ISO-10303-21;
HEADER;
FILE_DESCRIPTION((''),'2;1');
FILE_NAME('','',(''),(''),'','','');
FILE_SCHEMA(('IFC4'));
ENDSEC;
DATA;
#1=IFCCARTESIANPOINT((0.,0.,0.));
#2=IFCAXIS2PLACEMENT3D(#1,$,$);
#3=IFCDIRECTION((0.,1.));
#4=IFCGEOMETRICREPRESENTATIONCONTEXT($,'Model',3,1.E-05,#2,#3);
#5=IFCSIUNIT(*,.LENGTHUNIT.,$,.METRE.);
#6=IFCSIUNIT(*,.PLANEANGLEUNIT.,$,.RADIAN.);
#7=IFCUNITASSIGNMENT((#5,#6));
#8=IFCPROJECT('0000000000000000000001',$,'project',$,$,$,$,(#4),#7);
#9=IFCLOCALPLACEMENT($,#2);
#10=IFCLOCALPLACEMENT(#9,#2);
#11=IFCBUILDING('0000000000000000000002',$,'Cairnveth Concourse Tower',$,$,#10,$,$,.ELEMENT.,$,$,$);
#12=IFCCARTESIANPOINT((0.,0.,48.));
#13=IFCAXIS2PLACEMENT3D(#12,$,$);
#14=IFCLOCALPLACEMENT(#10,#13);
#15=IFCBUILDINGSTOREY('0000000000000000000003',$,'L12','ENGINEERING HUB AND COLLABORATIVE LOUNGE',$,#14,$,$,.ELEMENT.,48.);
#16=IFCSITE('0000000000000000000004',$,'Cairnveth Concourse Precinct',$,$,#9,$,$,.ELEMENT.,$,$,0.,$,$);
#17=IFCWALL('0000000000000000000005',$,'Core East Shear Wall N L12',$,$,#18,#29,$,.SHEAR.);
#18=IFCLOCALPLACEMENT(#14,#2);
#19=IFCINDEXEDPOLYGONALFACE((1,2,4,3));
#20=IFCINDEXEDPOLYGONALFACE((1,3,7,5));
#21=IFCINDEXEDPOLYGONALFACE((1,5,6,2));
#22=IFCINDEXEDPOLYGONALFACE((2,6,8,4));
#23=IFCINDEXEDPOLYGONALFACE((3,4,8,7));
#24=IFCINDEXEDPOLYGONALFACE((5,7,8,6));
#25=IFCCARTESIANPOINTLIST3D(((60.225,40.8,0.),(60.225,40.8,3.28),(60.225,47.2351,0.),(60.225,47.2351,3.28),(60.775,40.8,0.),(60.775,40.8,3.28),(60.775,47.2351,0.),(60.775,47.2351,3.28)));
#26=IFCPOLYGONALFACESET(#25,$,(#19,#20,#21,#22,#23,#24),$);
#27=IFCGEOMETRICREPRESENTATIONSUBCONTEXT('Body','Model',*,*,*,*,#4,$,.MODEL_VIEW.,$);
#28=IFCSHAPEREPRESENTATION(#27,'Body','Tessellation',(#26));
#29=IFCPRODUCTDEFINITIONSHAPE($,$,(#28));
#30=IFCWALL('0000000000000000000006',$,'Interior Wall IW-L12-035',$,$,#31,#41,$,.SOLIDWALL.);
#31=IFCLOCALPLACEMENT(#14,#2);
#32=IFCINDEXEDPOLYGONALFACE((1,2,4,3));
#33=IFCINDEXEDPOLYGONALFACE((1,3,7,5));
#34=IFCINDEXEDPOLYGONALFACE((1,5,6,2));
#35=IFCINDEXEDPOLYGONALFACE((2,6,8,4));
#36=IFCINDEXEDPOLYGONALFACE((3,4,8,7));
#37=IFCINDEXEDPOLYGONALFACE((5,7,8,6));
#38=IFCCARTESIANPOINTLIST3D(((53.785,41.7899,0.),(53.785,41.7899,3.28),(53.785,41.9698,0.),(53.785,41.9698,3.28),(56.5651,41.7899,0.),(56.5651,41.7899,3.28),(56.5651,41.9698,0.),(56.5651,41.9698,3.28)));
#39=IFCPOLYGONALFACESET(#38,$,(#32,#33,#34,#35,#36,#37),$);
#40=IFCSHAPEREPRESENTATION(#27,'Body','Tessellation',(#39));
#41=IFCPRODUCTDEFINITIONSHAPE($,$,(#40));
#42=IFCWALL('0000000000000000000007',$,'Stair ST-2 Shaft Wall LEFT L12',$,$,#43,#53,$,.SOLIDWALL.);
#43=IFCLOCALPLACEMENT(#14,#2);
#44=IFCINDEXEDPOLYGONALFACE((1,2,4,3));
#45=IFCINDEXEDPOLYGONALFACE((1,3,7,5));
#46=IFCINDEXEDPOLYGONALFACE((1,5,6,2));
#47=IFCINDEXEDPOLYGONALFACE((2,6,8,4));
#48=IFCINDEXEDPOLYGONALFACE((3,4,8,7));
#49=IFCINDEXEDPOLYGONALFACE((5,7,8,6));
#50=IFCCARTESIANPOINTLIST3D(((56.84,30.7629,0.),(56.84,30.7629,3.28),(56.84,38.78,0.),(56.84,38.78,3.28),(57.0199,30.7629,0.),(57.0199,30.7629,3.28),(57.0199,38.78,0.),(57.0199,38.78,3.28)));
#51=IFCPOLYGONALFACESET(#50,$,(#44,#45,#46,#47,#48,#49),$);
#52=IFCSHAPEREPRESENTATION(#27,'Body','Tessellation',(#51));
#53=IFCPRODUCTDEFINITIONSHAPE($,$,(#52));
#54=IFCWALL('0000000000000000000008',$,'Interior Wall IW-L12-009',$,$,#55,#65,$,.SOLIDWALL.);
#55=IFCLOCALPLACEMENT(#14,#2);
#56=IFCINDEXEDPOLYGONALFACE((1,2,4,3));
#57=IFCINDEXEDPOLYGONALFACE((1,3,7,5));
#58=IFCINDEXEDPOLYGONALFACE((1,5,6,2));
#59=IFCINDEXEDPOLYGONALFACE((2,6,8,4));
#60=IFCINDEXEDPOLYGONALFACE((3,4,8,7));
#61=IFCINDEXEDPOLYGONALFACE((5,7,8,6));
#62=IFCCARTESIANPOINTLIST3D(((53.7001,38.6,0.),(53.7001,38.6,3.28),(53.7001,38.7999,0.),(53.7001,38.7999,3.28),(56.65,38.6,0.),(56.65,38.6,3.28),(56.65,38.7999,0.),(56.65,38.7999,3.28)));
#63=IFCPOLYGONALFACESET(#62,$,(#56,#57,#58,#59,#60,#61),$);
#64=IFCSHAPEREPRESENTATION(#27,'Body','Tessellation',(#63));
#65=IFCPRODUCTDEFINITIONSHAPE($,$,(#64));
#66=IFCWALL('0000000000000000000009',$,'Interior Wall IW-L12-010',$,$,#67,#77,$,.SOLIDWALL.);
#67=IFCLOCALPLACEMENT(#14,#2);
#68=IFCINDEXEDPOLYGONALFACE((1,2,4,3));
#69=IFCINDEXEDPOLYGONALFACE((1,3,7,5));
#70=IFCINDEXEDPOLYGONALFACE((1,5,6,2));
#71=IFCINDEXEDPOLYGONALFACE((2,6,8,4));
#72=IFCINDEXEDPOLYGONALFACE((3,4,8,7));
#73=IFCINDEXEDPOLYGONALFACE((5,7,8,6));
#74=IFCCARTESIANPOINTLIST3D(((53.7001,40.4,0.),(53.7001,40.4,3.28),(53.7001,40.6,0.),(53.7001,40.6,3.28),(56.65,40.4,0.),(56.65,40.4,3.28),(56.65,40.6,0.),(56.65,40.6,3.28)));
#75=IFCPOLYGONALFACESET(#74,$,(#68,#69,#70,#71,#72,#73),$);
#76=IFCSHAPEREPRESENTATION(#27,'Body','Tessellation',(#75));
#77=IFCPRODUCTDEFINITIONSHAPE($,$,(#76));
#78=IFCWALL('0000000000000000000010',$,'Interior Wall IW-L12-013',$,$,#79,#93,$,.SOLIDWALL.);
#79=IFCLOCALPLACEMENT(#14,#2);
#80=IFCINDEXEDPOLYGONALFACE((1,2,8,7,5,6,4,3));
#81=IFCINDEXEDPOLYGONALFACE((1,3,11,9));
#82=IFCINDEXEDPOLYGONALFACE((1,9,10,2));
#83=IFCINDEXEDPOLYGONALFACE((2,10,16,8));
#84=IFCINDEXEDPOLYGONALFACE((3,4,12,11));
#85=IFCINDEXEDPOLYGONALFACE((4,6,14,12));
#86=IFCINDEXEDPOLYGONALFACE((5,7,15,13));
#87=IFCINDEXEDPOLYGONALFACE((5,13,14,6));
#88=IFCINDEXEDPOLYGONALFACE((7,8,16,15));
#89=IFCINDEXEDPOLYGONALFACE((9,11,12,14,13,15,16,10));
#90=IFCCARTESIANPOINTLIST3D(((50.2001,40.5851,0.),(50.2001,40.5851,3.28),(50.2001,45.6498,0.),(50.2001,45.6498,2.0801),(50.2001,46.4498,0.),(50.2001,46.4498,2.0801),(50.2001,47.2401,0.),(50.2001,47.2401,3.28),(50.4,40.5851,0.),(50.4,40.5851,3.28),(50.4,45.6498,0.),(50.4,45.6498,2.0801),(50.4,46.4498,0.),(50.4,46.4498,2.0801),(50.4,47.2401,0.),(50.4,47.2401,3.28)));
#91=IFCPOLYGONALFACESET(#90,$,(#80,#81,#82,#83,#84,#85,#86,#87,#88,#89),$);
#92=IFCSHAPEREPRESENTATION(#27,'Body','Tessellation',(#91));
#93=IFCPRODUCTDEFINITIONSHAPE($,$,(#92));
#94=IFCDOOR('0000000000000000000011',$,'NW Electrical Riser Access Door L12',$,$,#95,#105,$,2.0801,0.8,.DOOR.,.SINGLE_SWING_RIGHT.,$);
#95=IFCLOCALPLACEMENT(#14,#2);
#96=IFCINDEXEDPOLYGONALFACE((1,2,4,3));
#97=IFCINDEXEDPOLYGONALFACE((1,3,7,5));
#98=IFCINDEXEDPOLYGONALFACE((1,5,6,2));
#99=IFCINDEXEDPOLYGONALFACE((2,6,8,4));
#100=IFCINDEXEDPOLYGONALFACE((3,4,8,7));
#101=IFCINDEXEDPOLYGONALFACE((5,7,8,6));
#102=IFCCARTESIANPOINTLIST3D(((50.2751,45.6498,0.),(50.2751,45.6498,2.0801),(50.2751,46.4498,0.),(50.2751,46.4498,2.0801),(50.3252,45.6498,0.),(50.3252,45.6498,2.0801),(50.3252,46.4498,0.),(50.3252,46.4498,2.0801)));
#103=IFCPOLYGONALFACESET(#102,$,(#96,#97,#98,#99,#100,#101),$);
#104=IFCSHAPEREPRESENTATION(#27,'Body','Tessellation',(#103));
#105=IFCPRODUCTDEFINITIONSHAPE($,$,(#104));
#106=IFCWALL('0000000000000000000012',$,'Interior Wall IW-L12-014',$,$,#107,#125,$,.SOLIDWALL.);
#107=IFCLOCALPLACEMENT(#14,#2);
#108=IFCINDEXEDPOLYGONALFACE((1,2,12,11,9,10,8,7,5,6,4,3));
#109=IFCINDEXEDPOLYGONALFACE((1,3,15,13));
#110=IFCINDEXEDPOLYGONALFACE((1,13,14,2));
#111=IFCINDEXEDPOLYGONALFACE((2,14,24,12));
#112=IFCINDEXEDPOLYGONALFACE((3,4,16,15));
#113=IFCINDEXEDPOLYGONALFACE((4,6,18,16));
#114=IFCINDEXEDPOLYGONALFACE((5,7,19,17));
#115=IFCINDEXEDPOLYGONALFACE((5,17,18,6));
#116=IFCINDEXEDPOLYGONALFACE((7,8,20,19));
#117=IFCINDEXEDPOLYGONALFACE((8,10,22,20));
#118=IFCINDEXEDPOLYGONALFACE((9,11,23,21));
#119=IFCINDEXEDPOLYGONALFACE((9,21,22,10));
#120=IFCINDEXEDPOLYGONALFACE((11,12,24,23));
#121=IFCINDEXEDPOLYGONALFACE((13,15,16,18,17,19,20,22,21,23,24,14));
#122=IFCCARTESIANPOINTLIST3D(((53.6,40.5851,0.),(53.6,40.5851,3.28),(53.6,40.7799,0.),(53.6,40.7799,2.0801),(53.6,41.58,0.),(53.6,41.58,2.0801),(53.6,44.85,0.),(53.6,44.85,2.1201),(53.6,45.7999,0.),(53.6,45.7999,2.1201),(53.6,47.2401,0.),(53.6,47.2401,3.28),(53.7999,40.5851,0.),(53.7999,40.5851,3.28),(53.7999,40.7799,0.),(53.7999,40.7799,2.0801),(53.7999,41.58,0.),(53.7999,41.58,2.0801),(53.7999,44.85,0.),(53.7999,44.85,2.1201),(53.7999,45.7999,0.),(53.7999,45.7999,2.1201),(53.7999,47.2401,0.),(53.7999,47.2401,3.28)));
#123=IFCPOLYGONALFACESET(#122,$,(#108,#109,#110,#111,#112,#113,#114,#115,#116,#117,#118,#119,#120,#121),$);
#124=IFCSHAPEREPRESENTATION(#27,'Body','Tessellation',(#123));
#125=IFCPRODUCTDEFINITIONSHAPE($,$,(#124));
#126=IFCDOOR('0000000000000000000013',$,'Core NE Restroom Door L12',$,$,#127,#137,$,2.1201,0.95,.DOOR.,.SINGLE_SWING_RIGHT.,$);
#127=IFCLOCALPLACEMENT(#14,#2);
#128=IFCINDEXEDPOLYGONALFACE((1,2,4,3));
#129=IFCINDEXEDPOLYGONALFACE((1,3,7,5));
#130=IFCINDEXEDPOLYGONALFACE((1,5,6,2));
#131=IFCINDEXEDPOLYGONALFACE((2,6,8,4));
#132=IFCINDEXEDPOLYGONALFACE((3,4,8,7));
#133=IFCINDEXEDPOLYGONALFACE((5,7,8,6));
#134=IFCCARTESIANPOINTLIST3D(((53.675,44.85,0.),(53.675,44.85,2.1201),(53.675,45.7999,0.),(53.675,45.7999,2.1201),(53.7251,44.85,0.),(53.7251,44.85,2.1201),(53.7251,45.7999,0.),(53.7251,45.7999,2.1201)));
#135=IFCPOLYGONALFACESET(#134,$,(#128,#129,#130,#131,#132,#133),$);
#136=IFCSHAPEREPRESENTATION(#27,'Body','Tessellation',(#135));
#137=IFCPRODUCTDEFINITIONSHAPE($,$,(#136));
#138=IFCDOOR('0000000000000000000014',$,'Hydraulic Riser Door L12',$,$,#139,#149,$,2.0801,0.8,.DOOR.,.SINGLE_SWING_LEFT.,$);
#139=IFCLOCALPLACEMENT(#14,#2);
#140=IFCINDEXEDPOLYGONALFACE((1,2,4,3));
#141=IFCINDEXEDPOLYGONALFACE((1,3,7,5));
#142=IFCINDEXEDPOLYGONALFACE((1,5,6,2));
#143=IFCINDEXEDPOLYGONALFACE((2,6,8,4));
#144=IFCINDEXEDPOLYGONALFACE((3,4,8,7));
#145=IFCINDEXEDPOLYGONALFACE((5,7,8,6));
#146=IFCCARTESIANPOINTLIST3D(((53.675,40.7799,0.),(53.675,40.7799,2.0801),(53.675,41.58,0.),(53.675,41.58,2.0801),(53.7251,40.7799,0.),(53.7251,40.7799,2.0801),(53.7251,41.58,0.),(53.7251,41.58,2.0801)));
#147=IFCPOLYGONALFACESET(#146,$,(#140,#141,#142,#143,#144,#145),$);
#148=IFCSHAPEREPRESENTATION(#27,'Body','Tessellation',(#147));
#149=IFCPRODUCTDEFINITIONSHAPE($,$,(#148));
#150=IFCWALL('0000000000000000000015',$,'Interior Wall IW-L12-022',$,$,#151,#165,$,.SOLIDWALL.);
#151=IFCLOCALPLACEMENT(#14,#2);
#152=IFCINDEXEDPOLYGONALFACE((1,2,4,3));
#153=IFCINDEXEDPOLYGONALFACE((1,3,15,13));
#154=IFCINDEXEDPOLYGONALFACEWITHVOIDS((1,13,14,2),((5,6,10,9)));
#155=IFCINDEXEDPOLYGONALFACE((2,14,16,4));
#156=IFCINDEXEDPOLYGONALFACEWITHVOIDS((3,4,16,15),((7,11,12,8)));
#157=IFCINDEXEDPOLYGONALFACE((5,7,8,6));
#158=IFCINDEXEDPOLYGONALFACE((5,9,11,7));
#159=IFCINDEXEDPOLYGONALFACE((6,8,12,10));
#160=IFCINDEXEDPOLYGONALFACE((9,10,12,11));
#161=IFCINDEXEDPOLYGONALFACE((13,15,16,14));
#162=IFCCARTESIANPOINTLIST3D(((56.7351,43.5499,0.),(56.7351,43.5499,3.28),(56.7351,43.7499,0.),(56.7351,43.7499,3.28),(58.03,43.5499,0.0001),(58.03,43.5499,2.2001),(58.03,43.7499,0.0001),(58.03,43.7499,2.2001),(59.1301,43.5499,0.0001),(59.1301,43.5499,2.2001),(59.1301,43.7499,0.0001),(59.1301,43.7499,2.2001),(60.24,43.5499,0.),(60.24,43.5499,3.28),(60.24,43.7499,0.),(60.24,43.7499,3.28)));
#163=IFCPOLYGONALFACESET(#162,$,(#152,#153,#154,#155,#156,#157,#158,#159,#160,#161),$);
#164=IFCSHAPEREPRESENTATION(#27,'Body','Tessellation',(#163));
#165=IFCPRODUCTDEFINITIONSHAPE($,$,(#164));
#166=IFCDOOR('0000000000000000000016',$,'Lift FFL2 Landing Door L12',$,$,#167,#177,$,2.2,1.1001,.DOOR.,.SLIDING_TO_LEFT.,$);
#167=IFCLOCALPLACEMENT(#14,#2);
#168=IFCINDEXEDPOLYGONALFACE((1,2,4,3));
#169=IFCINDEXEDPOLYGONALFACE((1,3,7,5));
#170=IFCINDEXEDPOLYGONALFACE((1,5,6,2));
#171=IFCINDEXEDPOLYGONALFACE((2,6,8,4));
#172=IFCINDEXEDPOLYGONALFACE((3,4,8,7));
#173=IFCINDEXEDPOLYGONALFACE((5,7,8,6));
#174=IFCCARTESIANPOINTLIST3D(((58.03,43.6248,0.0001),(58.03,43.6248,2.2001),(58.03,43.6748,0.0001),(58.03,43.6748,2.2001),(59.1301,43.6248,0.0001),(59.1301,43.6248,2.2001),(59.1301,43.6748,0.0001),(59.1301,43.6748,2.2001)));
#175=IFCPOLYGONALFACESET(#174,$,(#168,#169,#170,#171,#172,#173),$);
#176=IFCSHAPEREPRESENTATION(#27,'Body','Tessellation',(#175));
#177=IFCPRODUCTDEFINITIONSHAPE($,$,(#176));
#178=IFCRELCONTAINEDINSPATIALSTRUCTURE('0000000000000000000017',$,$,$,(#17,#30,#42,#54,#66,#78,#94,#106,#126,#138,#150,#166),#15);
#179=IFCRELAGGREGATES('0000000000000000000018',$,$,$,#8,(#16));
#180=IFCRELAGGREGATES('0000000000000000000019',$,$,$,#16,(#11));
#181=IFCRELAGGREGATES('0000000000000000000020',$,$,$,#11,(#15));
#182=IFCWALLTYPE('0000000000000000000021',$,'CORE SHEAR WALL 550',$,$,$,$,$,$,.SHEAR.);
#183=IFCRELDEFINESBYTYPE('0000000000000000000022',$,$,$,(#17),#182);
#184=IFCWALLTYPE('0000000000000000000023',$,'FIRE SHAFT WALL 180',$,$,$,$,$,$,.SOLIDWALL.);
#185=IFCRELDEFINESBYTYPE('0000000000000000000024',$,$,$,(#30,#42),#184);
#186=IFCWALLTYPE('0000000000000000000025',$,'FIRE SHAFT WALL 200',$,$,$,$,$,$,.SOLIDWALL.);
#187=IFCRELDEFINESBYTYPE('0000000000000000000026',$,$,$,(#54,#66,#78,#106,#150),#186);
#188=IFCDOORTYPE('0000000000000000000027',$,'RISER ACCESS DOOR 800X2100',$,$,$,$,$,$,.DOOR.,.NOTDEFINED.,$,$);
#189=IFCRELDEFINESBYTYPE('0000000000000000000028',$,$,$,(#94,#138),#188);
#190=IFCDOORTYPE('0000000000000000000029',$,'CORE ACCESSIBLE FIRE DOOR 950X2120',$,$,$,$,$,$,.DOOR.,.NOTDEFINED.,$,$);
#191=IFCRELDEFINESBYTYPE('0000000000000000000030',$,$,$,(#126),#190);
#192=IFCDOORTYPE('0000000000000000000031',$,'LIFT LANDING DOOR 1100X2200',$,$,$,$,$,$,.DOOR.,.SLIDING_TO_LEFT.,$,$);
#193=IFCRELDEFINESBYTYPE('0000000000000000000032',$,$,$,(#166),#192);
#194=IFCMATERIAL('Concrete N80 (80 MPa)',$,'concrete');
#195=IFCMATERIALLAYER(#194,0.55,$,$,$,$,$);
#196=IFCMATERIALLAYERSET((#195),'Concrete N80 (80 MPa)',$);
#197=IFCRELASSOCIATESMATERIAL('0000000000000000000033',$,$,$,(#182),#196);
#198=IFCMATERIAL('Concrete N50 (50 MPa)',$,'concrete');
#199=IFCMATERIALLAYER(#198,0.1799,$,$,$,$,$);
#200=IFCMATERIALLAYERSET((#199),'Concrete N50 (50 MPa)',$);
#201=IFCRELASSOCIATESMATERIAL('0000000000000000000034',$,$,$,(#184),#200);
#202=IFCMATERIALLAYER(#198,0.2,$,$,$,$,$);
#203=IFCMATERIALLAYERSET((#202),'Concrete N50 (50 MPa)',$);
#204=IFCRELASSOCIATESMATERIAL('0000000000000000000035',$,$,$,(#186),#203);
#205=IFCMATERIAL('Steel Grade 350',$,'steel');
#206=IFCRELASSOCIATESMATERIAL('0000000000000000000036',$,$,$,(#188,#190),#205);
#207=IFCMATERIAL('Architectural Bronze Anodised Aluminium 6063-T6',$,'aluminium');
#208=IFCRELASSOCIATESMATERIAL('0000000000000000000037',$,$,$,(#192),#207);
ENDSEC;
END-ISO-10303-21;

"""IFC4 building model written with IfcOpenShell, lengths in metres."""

from ifc_helpers import new_model, si_unit, direction, frame, frame_2d, origin, place, context, subcontext, project, spatial, rectangle, extrude, material, layer, layer_set, type_object, element, fill, save


model = new_model("IFC4")

# Units and contexts
model_context = context("Model", 3, precision=1e-05, world=origin(), true_north=direction((0.0, 1.0)))
body_context = subcontext(model_context, "Body", "Model", "MODEL_VIEW")
ifc_project = project(units=[si_unit("LENGTHUNIT", "METRE"), si_unit("PLANEANGLEUNIT", "RADIAN")], contexts=[model_context])

# Site, building, storey
site_placement = place(None, origin())
site = spatial("IfcSite", under=ifc_project, at=site_placement, Name="Cairnveth Concourse Precinct", CompositionType="ELEMENT", RefElevation=0.0)
building_placement = place(site_placement, origin())
building = spatial("IfcBuilding", under=site, at=building_placement, Name="Cairnveth Concourse Tower", CompositionType="ELEMENT")
storey_placement = place(building_placement, frame((0.0, 0.0, 48.0)))
storey = spatial("IfcBuildingStorey", under=building, at=storey_placement, Name="L12", Description="ENGINEERING HUB AND COLLABORATIVE LOUNGE", CompositionType="ELEMENT", Elevation=48.0)

# Walls
ifc_material_1 = material(Name="Concrete N80 (80 MPa)", Category="concrete")
ifc_layer_1 = layer(ifc_material_1, 0.55)
ifc_layer_set_1 = layer_set([ifc_layer_1], Name="Concrete N80 (80 MPa)")
wall_type_1 = type_object("IfcWallType", Name="CORE SHEAR WALL 550", PredefinedType="SHEAR", material=ifc_layer_set_1)
wall_1_placement = place(storey_placement, frame((60.5, 40.8, 0.0), z_axis=(0.0, 0.0, 1.0), x_axis=(0.0, 1.0, 0.0)))
element("IfcWall", 1, at=wall_1_placement, inside=storey, type_object=wall_type_1, Name="Core East Shear Wall N L12", PredefinedType="SHEAR", context=body_context, shape_type="SweptSolid", body=[
    extrude(rectangle(XDim=6.4351, YDim=0.55, at=frame_2d((3.2175, 0.0))), origin(), (0.0, 0.0, 1.0), 3.28),
])
ifc_material_2 = material(Name="Concrete N50 (50 MPa)", Category="concrete")
ifc_layer_2 = layer(ifc_material_2, 0.1799)
ifc_layer_set_2 = layer_set([ifc_layer_2], Name="Concrete N50 (50 MPa)")
wall_type_2 = type_object("IfcWallType", Name="FIRE SHAFT WALL 180", PredefinedType="SOLIDWALL", material=ifc_layer_set_2)
wall_2_placement = place(storey_placement, frame((53.7849, 41.8799, 0.0), z_axis=(0.0, 0.0, 1.0), x_axis=(1.0, 0.0, 0.0)))
element("IfcWall", 2, at=wall_2_placement, inside=storey, type_object=wall_type_2, Name="Interior Wall IW-L12-035", PredefinedType="SOLIDWALL", context=body_context, shape_type="SweptSolid", body=[
    extrude(rectangle(XDim=2.78, YDim=0.1799, at=frame_2d((1.3901, 0.0))), origin(), (0.0, 0.0, 1.0), 3.28),
])

# Shared definitions
ifc_material_3 = material(Name="Steel Grade 350", Category="steel")

# Walls
wall_3_placement = place(storey_placement, frame((56.9299, 38.78, 0.0), z_axis=(0.0, 0.0, 1.0), x_axis=(0.0, -1.0, 0.0)))
element("IfcWall", 3, at=wall_3_placement, inside=storey, type_object=wall_type_2, Name="Stair ST-2 Shaft Wall LEFT L12", PredefinedType="SOLIDWALL", context=body_context, shape_type="SweptSolid", body=[
    extrude(rectangle(XDim=8.0171, YDim=0.1799, at=frame_2d((4.0085, 0.0))), origin(), (0.0, 0.0, 1.0), 3.28),
])
ifc_layer_3 = layer(ifc_material_2, 0.2)
ifc_layer_set_3 = layer_set([ifc_layer_3], Name="Concrete N50 (50 MPa)")
wall_type_3 = type_object("IfcWallType", Name="FIRE SHAFT WALL 200", PredefinedType="SOLIDWALL", material=ifc_layer_set_3)
for number, where, z_axis, x_axis, name in (
    (4, (53.7, 38.7, 0.0), (0.0, 0.0, 1.0), (1.0, 0.0, 0.0), "Interior Wall IW-L12-009"),
    (5, (53.7, 40.5, 0.0), (0.0, 0.0, 1.0), (1.0, 0.0, 0.0), "Interior Wall IW-L12-010"),
):
    element("IfcWall", number, at=place(storey_placement, frame(where, z_axis=z_axis, x_axis=x_axis)), inside=storey, type_object=wall_type_3, Name=name, PredefinedType="SOLIDWALL", context=body_context, shape_type="SweptSolid", body=[
        extrude(rectangle(XDim=2.95, YDim=0.2, at=frame_2d((1.4751, 0.0))), origin(), (0.0, 0.0, 1.0), 3.28),
    ])

# Wall, opening, door
wall_4_placement = place(storey_placement, frame((50.3, 40.585, 0.0), z_axis=(0.0, 0.0, 1.0), x_axis=(0.0, 1.0, 0.0)))
wall_4 = element("IfcWall", 6, at=wall_4_placement, inside=storey, type_object=wall_type_3, Name="Interior Wall IW-L12-013", PredefinedType="SOLIDWALL", context=body_context, shape_type="SweptSolid", body=[
    extrude(rectangle(XDim=6.655, YDim=0.2, at=frame_2d((3.3276, 0.0))), origin(), (0.0, 0.0, 1.0), 3.28),
])
opening_1_placement = place(wall_4_placement, frame((5.0649, 0.0, 0.0)))
opening_1 = element("IfcOpeningElement", 7, at=opening_1_placement, cuts=wall_4, PredefinedType="OPENING", context=body_context, shape_type="SweptSolid", body=[
    extrude(rectangle(XDim=0.8, YDim=2.0801, at=frame_2d((0.3999, 1.04))), frame((0.0, 0.1099, 0.0), z_axis=(0.0, -1.0, 0.0), x_axis=(1.0, 0.0, 0.0)), (0.0, 0.0, 1.0), 0.22),
])
door_type_1 = type_object("IfcDoorType", Name="RISER ACCESS DOOR 800X2100", OperationType="NOTDEFINED", PredefinedType="DOOR", material=ifc_material_3)
door_1_placement = place(opening_1_placement, origin())
door_1 = element("IfcDoor", 8, at=door_1_placement, inside=storey, type_object=door_type_1, Name="NW Electrical Riser Access Door L12", OperationType="SINGLE_SWING_RIGHT", OverallHeight=2.0801, OverallWidth=0.8, PredefinedType="DOOR", context=body_context, shape_type="SweptSolid", body=[
    extrude(rectangle(XDim=0.8, YDim=2.0801, at=frame_2d((0.3999, 1.04))), frame((0.0, 0.0249, 0.0), z_axis=(0.0, -1.0, 0.0), x_axis=(1.0, 0.0, 0.0)), (0.0, 0.0, 1.0), 0.05),
])
fill(opening_1, door_1)

# Wall, openings, doors
wall_5_placement = place(storey_placement, frame((53.7, 40.585, 0.0), z_axis=(0.0, 0.0, 1.0), x_axis=(0.0, 1.0, 0.0)))
wall_5 = element("IfcWall", 9, at=wall_5_placement, inside=storey, type_object=wall_type_3, Name="Interior Wall IW-L12-014", PredefinedType="SOLIDWALL", context=body_context, shape_type="SweptSolid", body=[
    extrude(rectangle(XDim=6.655, YDim=0.2, at=frame_2d((3.3276, 0.0))), origin(), (0.0, 0.0, 1.0), 3.28),
])
opening_2_placement = place(wall_5_placement, frame((0.1951, 0.0, 0.0)))
opening_2 = element("IfcOpeningElement", 10, at=opening_2_placement, cuts=wall_5, PredefinedType="OPENING", context=body_context, shape_type="SweptSolid", body=[
    extrude(rectangle(XDim=0.8, YDim=2.0801, at=frame_2d((0.3999, 1.04))), frame((0.0, 0.1099, 0.0), z_axis=(0.0, -1.0, 0.0), x_axis=(1.0, 0.0, 0.0)), (0.0, 0.0, 1.0), 0.22),
])
opening_3_placement = place(wall_5_placement, frame((4.2649, 0.0, 0.0)))
opening_3 = element("IfcOpeningElement", 11, at=opening_3_placement, cuts=wall_5, PredefinedType="OPENING", context=body_context, shape_type="SweptSolid", body=[
    extrude(rectangle(XDim=0.95, YDim=2.1201, at=frame_2d((0.4751, 1.0601))), frame((0.0, 0.1099, 0.0), z_axis=(0.0, -1.0, 0.0), x_axis=(1.0, 0.0, 0.0)), (0.0, 0.0, 1.0), 0.22),
])
door_type_2 = type_object("IfcDoorType", Name="CORE ACCESSIBLE FIRE DOOR 950X2120", OperationType="NOTDEFINED", PredefinedType="DOOR", material=ifc_material_3)
door_2_placement = place(opening_3_placement, origin())
door_2 = element("IfcDoor", 12, at=door_2_placement, inside=storey, type_object=door_type_2, Name="Core NE Restroom Door L12", OperationType="SINGLE_SWING_RIGHT", OverallHeight=2.1201, OverallWidth=0.95, PredefinedType="DOOR", context=body_context, shape_type="SweptSolid", body=[
    extrude(rectangle(XDim=0.95, YDim=2.1201, at=frame_2d((0.4751, 1.0601))), frame((0.0, 0.0249, 0.0), z_axis=(0.0, -1.0, 0.0), x_axis=(1.0, 0.0, 0.0)), (0.0, 0.0, 1.0), 0.05),
])
fill(opening_3, door_2)
door_3_placement = place(opening_2_placement, origin())
door_3 = element("IfcDoor", 13, at=door_3_placement, inside=storey, type_object=door_type_1, Name="Hydraulic Riser Door L12", OperationType="SINGLE_SWING_LEFT", OverallHeight=2.0801, OverallWidth=0.8, PredefinedType="DOOR", context=body_context, shape_type="SweptSolid", body=[
    extrude(rectangle(XDim=0.8, YDim=2.0801, at=frame_2d((0.3999, 1.04))), frame((0.0, 0.0249, 0.0), z_axis=(0.0, -1.0, 0.0), x_axis=(1.0, 0.0, 0.0)), (0.0, 0.0, 1.0), 0.05),
])
fill(opening_2, door_3)

# Wall, opening, door
wall_6_placement = place(storey_placement, frame((56.7351, 43.6499, 0.0), z_axis=(0.0, 0.0, 1.0), x_axis=(1.0, 0.0, 0.0)))
wall_6 = element("IfcWall", 14, at=wall_6_placement, inside=storey, type_object=wall_type_3, Name="Interior Wall IW-L12-022", PredefinedType="SOLIDWALL", context=body_context, shape_type="SweptSolid", body=[
    extrude(rectangle(XDim=3.5049, YDim=0.2, at=frame_2d((1.7524, 0.0))), origin(), (0.0, 0.0, 1.0), 3.28),
])
opening_4_placement = place(wall_6_placement, frame((1.2949, 0.0, 0.0)))
opening_4 = element("IfcOpeningElement", 15, at=opening_4_placement, cuts=wall_6, PredefinedType="OPENING", context=body_context, shape_type="SweptSolid", body=[
    extrude(rectangle(XDim=1.1001, YDim=2.2, at=frame_2d((0.55, 1.1001))), frame((0.0, 0.1099, 0.0), z_axis=(0.0, -1.0, 0.0), x_axis=(1.0, 0.0, 0.0)), (0.0, 0.0, 1.0), 0.22),
])
ifc_material_4 = material(Name="Architectural Bronze Anodised Aluminium 6063-T6", Category="aluminium")
door_type_3 = type_object("IfcDoorType", Name="LIFT LANDING DOOR 1100X2200", OperationType="SLIDING_TO_LEFT", PredefinedType="DOOR", material=ifc_material_4)
door_4_placement = place(opening_4_placement, origin())
door_4 = element("IfcDoor", 16, at=door_4_placement, inside=storey, type_object=door_type_3, Name="Lift FFL2 Landing Door L12", OperationType="SLIDING_TO_LEFT", OverallHeight=2.2, OverallWidth=1.1001, PredefinedType="DOOR", context=body_context, shape_type="SweptSolid", body=[
    extrude(rectangle(XDim=1.1001, YDim=2.2, at=frame_2d((0.55, 1.1001))), frame((0.0, 0.0249, 0.0), z_axis=(0.0, -1.0, 0.0), x_axis=(1.0, 0.0, 0.0)), (0.0, 0.0, 1.0), 0.05),
])
fill(opening_4, door_4)

save(model, "model.ifc")
